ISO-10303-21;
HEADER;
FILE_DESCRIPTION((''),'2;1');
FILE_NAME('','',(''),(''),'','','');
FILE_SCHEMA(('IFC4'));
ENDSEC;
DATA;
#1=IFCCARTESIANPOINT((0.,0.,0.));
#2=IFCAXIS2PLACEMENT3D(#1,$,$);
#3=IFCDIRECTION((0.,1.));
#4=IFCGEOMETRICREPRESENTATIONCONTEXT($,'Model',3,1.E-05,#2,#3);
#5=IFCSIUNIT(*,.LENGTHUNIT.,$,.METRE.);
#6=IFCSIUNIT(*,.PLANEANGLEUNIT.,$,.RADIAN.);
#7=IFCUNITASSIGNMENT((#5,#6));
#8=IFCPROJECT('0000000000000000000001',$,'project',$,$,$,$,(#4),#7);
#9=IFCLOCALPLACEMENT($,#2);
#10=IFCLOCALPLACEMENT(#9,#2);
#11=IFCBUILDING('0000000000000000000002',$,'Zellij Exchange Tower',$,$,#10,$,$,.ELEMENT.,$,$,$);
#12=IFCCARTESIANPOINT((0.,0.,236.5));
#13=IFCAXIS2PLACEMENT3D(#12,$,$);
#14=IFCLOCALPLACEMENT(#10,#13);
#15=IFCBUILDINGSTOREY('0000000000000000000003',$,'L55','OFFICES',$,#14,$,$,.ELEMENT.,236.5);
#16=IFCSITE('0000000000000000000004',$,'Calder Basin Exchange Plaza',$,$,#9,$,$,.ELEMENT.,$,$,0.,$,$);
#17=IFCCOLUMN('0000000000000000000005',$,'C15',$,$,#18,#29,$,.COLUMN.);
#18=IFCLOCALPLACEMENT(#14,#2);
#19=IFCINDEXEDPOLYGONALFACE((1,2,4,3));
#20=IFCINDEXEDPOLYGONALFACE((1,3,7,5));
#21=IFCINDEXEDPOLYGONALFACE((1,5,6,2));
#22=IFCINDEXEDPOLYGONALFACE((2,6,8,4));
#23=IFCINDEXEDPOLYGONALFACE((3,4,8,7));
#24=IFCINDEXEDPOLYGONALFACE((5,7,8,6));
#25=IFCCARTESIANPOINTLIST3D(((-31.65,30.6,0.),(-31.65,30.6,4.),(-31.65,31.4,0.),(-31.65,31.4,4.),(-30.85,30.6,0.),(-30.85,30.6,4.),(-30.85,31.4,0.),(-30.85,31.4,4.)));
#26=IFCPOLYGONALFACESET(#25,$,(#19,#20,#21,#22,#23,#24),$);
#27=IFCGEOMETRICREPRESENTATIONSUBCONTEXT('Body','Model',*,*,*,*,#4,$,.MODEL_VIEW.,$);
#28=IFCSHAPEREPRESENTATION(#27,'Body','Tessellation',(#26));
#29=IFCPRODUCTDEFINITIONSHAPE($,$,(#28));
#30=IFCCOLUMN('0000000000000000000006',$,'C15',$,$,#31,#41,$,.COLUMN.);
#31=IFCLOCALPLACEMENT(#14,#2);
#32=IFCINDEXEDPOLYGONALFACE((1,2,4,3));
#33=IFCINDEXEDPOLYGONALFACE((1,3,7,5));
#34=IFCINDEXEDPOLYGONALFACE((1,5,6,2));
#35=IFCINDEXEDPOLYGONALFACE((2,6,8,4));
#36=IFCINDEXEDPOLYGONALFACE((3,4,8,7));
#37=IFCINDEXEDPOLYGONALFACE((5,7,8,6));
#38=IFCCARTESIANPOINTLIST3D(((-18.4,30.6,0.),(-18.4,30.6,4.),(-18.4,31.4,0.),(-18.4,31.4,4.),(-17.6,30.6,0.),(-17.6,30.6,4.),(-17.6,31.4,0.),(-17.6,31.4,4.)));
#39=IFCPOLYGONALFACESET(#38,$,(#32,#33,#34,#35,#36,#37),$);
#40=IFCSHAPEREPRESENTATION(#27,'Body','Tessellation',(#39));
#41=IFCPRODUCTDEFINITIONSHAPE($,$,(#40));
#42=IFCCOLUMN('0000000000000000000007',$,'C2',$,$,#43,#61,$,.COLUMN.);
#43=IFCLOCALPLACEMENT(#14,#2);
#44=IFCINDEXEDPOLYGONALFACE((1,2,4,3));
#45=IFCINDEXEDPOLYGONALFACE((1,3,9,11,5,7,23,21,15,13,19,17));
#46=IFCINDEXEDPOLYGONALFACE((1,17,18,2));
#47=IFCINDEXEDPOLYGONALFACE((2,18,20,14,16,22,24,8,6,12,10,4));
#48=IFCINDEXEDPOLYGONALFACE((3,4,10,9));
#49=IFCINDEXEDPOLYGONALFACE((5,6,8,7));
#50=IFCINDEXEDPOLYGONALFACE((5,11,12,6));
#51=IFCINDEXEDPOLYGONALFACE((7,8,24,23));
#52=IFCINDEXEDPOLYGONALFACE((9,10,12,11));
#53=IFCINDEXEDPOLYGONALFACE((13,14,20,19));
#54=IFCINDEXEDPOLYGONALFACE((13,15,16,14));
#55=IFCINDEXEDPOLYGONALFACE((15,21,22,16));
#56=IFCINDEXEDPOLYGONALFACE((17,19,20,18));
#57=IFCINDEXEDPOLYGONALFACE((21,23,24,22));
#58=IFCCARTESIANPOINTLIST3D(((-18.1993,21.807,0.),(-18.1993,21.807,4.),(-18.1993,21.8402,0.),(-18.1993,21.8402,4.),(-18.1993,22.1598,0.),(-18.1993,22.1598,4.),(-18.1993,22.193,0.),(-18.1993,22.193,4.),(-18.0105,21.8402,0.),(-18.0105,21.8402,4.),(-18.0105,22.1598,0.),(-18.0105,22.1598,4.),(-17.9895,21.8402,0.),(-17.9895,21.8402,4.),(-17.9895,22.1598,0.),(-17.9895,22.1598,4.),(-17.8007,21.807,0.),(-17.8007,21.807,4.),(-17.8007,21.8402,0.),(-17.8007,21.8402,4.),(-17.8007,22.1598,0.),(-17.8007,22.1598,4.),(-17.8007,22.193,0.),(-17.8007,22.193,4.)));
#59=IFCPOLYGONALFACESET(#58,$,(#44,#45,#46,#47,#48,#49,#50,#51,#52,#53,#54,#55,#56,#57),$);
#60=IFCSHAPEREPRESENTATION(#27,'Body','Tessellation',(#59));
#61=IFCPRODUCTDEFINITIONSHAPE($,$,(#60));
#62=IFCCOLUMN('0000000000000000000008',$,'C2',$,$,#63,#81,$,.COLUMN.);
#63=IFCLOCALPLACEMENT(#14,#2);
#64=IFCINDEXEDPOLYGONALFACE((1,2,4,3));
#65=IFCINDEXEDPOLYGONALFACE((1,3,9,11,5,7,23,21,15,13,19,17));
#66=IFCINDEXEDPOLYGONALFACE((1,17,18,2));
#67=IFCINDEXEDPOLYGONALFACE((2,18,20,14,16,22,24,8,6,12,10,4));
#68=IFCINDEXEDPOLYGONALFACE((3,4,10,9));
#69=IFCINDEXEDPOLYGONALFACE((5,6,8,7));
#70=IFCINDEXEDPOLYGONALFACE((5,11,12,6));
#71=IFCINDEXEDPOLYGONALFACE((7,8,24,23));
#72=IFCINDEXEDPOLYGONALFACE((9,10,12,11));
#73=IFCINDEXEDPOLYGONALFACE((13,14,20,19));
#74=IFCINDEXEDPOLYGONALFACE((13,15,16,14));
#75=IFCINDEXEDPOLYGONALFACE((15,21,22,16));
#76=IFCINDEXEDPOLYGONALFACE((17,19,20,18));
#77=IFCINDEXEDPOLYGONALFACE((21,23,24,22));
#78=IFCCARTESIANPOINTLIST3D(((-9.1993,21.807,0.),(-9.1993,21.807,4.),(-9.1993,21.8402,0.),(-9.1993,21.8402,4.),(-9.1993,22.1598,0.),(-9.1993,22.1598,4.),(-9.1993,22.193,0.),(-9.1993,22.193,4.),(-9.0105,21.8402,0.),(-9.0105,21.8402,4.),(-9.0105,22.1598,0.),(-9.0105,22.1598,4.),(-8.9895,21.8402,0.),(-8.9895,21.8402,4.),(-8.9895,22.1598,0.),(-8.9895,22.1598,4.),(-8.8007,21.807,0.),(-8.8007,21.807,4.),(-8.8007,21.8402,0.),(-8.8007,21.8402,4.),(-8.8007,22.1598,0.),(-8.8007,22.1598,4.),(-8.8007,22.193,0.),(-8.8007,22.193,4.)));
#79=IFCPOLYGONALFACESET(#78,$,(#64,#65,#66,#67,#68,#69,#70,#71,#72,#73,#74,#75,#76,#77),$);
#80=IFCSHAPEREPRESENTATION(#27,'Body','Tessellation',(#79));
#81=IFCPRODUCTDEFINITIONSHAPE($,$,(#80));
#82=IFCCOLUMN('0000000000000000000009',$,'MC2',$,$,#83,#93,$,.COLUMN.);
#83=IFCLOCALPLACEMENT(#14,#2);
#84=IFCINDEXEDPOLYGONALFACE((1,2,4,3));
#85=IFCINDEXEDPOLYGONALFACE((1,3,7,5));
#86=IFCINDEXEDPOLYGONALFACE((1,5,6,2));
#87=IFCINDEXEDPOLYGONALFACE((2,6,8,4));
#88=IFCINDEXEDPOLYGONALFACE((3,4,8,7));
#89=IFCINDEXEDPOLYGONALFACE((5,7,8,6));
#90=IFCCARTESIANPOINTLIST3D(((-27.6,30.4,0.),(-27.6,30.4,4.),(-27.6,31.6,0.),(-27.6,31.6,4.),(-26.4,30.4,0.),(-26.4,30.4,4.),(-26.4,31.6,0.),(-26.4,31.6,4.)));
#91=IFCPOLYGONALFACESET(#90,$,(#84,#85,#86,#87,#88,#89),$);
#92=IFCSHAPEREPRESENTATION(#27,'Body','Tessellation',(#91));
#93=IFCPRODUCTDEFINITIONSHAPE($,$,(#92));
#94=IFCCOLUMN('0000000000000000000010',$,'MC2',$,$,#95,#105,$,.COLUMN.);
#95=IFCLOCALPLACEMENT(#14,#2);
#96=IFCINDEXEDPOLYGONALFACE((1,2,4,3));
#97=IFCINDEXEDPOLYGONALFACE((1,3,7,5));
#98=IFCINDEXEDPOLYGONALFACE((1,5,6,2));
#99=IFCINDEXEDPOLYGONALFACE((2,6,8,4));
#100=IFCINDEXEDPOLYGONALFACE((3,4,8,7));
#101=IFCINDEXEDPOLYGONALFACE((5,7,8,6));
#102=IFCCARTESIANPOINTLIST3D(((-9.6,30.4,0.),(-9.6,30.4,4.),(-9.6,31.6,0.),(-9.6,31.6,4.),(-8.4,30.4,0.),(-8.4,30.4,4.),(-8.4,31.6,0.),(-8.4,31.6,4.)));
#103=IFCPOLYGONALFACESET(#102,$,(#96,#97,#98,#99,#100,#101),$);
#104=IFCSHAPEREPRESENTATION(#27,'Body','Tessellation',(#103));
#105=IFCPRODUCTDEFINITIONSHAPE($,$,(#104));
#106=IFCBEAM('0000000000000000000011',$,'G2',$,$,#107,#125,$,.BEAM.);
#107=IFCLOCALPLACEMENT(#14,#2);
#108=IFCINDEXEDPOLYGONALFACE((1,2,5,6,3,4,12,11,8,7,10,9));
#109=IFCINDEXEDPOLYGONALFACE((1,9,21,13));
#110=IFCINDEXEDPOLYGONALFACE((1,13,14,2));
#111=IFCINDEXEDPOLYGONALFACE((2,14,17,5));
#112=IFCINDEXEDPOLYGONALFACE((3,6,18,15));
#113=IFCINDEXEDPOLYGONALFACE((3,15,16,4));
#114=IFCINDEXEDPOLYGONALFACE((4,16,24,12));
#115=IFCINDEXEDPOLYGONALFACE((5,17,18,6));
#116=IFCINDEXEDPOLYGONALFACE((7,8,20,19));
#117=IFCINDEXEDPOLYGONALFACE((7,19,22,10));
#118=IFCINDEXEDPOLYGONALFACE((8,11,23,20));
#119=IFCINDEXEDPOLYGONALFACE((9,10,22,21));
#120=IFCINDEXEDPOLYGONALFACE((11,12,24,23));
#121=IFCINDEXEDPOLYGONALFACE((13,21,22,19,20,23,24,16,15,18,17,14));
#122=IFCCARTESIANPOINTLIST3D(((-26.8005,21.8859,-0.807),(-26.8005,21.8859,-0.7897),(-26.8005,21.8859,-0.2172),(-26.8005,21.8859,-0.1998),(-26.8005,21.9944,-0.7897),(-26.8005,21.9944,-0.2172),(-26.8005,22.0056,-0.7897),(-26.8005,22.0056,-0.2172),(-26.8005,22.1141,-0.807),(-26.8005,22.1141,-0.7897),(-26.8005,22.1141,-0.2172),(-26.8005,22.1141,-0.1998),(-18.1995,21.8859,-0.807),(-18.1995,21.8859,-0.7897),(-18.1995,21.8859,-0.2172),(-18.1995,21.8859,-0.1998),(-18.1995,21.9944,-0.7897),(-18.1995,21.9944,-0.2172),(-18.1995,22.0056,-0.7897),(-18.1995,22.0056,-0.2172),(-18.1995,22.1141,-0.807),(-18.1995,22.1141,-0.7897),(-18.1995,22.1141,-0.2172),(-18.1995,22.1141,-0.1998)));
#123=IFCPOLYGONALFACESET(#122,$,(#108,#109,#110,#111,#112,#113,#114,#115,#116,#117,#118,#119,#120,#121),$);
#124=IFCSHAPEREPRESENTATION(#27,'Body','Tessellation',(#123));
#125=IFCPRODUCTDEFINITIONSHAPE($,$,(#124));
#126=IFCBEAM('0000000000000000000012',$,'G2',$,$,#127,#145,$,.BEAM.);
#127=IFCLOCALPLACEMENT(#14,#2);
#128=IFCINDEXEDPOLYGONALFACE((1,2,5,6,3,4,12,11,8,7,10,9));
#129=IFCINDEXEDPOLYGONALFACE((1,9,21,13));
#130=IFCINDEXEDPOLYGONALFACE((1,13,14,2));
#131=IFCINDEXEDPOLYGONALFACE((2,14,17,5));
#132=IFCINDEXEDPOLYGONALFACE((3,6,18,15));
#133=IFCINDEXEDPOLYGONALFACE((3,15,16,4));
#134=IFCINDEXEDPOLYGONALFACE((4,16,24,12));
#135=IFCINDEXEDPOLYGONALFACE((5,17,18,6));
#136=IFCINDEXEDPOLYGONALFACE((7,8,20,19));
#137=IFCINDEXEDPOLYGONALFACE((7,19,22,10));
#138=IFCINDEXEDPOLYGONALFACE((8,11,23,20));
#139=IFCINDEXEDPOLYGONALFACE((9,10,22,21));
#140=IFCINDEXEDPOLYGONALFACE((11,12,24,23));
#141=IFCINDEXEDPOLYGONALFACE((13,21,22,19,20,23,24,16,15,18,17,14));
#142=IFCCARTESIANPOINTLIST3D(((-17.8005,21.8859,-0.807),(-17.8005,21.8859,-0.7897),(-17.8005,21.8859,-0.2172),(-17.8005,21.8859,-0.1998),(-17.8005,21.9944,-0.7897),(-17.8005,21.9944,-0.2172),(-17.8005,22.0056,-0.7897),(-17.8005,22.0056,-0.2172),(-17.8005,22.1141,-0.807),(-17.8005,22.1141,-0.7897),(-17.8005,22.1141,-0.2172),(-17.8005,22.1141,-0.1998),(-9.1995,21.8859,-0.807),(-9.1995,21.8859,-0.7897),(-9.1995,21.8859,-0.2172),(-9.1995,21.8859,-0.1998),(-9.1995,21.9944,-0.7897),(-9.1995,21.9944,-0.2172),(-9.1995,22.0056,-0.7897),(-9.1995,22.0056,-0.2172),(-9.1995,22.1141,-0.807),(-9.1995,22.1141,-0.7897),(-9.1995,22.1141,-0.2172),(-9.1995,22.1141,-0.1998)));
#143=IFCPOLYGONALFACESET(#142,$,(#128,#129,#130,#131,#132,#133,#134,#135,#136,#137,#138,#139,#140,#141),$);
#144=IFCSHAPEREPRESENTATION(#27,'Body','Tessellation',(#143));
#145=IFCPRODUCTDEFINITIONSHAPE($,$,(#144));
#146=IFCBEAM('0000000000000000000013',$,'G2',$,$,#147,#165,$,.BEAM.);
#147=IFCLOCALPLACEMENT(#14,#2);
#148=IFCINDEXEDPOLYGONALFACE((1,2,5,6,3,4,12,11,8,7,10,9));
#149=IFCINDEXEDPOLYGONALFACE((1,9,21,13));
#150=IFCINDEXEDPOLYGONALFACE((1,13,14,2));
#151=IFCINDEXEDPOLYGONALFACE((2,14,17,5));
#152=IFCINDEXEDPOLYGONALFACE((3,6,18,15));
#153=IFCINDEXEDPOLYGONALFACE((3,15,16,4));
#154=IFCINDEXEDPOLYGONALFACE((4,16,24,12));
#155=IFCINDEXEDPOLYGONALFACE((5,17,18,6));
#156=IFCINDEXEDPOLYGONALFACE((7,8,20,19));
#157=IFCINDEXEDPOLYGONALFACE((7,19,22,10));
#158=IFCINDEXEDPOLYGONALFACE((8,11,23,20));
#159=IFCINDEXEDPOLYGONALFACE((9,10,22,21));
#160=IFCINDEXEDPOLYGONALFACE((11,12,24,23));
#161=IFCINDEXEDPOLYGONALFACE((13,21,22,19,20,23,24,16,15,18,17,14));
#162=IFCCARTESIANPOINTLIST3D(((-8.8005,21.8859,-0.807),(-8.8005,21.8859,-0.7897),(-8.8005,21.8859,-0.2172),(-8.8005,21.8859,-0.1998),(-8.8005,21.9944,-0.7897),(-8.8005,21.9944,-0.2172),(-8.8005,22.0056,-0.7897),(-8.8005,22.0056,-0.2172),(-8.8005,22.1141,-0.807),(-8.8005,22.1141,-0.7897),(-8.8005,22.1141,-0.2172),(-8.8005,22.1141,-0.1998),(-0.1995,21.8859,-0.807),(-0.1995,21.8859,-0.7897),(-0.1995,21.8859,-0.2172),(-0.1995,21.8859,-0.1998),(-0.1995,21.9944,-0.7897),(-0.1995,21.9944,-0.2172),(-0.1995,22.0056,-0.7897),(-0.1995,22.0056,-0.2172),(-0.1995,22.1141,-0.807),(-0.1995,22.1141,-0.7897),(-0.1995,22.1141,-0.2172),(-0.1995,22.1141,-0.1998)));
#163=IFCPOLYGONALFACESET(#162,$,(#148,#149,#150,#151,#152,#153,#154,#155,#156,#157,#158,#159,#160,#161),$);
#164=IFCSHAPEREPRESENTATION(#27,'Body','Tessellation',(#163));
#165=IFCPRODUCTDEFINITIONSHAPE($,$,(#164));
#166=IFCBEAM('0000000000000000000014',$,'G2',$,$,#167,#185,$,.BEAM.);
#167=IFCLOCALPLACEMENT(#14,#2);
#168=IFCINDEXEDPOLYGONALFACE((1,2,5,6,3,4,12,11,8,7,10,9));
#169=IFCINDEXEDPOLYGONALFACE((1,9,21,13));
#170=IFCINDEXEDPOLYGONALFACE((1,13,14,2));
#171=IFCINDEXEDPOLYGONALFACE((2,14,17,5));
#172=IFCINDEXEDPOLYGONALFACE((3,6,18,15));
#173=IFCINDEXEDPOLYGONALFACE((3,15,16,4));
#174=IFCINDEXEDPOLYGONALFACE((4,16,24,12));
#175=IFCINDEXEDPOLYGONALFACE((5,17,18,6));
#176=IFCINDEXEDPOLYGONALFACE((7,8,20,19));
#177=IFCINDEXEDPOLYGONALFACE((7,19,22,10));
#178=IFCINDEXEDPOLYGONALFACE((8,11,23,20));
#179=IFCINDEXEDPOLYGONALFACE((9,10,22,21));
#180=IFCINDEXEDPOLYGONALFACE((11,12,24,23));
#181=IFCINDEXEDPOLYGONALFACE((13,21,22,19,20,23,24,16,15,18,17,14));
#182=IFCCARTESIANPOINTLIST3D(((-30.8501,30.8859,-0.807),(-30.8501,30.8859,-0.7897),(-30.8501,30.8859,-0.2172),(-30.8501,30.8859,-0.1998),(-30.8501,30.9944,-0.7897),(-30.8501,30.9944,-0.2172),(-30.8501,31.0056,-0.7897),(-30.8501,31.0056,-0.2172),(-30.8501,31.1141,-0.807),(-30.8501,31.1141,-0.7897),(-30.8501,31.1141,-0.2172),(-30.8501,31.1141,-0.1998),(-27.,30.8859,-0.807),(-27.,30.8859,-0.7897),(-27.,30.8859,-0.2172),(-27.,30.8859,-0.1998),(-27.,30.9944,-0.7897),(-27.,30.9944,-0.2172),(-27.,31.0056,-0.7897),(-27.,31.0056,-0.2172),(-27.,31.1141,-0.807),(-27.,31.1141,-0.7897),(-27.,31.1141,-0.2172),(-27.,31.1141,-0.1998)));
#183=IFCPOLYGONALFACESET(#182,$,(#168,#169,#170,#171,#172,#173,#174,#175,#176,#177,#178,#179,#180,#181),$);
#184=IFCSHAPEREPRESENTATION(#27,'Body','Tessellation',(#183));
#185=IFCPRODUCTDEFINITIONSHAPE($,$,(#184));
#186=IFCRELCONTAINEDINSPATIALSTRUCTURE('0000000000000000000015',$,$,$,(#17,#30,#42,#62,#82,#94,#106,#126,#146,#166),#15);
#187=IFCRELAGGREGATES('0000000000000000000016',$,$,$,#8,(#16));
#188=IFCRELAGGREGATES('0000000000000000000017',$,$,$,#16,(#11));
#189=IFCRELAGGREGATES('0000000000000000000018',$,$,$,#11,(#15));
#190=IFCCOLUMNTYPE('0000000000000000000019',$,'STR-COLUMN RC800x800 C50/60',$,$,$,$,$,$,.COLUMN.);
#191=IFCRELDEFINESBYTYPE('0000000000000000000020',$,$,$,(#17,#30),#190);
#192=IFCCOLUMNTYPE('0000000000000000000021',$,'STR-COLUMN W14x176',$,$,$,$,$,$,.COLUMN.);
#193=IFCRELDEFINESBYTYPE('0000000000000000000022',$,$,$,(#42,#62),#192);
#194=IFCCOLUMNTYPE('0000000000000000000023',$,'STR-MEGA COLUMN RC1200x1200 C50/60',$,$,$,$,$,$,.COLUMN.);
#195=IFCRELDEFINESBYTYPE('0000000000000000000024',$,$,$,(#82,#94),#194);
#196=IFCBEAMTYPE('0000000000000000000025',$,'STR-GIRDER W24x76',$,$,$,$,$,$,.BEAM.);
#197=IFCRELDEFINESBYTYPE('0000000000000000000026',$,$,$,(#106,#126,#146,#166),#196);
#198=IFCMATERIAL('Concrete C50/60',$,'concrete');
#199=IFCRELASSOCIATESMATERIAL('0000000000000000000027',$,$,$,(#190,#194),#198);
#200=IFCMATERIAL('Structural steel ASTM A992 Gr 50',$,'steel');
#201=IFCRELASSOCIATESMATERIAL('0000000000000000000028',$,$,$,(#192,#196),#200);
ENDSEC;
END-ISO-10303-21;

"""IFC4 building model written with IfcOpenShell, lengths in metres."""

from ifc_helpers import new_model, si_unit, direction, frame, origin, origin_2d, place, context, subcontext, project, spatial, rectangle, i_section, extrude, material, material_profile, profile_set, type_object, element, save


model = new_model("IFC4")

# Units and contexts
model_context = context("Model", 3, precision=1e-05, world=origin(), true_north=direction((0.0, 1.0)))
body_context = subcontext(model_context, "Body", "Model", "MODEL_VIEW")
ifc_project = project(units=[si_unit("LENGTHUNIT", "METRE"), si_unit("PLANEANGLEUNIT", "RADIAN")], contexts=[model_context])

# Site, building, storey
site_placement = place(None, origin())
site = spatial("IfcSite", under=ifc_project, at=site_placement, Name="Calder Basin Exchange Plaza", CompositionType="ELEMENT", RefElevation=0.0)
building_placement = place(site_placement, origin())
building = spatial("IfcBuilding", under=site, at=building_placement, Name="Zellij Exchange Tower", CompositionType="ELEMENT")
storey_placement = place(building_placement, frame((0.0, 0.0, 236.5)))
storey = spatial("IfcBuildingStorey", under=building, at=storey_placement, Name="L55", Description="OFFICES", CompositionType="ELEMENT", Elevation=236.5)

# Columns
ifc_material_1 = material(Name="Concrete C50/60", Category="concrete")
ifc_material_profile_1 = material_profile(ifc_material_1, rectangle(XDim=0.8, YDim=0.8, at=origin_2d()), Name="STR-COLUMN RC800x800 C50/60")
ifc_profile_set_1 = profile_set([ifc_material_profile_1], Name="Concrete C50/60")
column_type_1 = type_object("IfcColumnType", Name="STR-COLUMN RC800x800 C50/60", PredefinedType="COLUMN", material=ifc_profile_set_1)
for number, where, z_axis, x_axis, name in (
    (1, (-31.25, 31.0, 0.0), (0.0, 0.0, 1.0), (1.0, 0.0, 0.0), "C15"),
    (2, (-18.0, 31.0, 0.0), (0.0, 0.0, 1.0), (1.0, 0.0, 0.0), "C15"),
):
    element("IfcColumn", number, at=place(storey_placement, frame(where, z_axis=z_axis, x_axis=x_axis)), inside=storey, type_object=column_type_1, Name=name, PredefinedType="COLUMN", context=body_context, shape_type="SweptSolid", body=[
        extrude(rectangle(XDim=0.8, YDim=0.8, at=origin_2d()), origin(), (0.0, 0.0, 1.0), 4.0),
    ])
ifc_material_2 = material(Name="Structural steel ASTM A992 Gr 50", Category="steel")
ifc_material_profile_2 = material_profile(ifc_material_2, i_section(OverallWidth=0.3987, OverallDepth=0.386, WebThickness=0.021, FlangeThickness=0.0332, at=origin_2d()), Name="W14x176")
ifc_profile_set_2 = profile_set([ifc_material_profile_2], Name="Structural steel ASTM A992 Gr 50")
column_type_2 = type_object("IfcColumnType", Name="STR-COLUMN W14x176", PredefinedType="COLUMN", material=ifc_profile_set_2)
for number, where, z_axis, x_axis, name in (
    (3, (-18.0, 22.0, 0.0), (0.0, 0.0, 1.0), (1.0, 0.0, 0.0), "C2"),
    (4, (-9.0, 22.0, 0.0), (0.0, 0.0, 1.0), (1.0, 0.0, 0.0), "C2"),
):
    element("IfcColumn", number, at=place(storey_placement, frame(where, z_axis=z_axis, x_axis=x_axis)), inside=storey, type_object=column_type_2, Name=name, PredefinedType="COLUMN", context=body_context, shape_type="SweptSolid", body=[
        extrude(i_section(OverallWidth=0.3987, OverallDepth=0.386, WebThickness=0.021, FlangeThickness=0.0332, at=origin_2d()), origin(), (0.0, 0.0, 1.0), 4.0),
    ])
ifc_material_profile_3 = material_profile(ifc_material_1, rectangle(XDim=1.2, YDim=1.2, at=origin_2d()), Name="STR-MEGA COLUMN RC1200x1200 C50/60")
ifc_profile_set_3 = profile_set([ifc_material_profile_3], Name="Concrete C50/60")
column_type_3 = type_object("IfcColumnType", Name="STR-MEGA COLUMN RC1200x1200 C50/60", PredefinedType="COLUMN", material=ifc_profile_set_3)
for number, where, z_axis, x_axis, name in (
    (5, (-27.0, 31.0, 0.0), (0.0, 0.0, 1.0), (1.0, 0.0, 0.0), "MC2"),
    (6, (-9.0, 31.0, 0.0), (0.0, 0.0, 1.0), (1.0, 0.0, 0.0), "MC2"),
):
    element("IfcColumn", number, at=place(storey_placement, frame(where, z_axis=z_axis, x_axis=x_axis)), inside=storey, type_object=column_type_3, Name=name, PredefinedType="COLUMN", context=body_context, shape_type="SweptSolid", body=[
        extrude(rectangle(XDim=1.2, YDim=1.2, at=origin_2d()), origin(), (0.0, 0.0, 1.0), 4.0),
    ])

# Beams
ifc_material_profile_4 = material_profile(ifc_material_2, i_section(OverallWidth=0.2283, OverallDepth=0.6072, WebThickness=0.0112, FlangeThickness=0.0173, at=origin_2d()), Name="W24x76")
ifc_profile_set_4 = profile_set([ifc_material_profile_4], Name="Structural steel ASTM A992 Gr 50")
beam_type = type_object("IfcBeamType", Name="STR-GIRDER W24x76", PredefinedType="BEAM", material=ifc_profile_set_4)
for number, where, z_axis, x_axis, name in (
    (7, (-26.8005, 22.0, -0.5034), (1.0, 0.0, 0.0), (0.0, 1.0, 0.0), "G2"),
    (8, (-17.8005, 22.0, -0.5034), (1.0, 0.0, 0.0), (0.0, 1.0, 0.0), "G2"),
    (9, (-8.8005, 22.0, -0.5034), (1.0, 0.0, 0.0), (0.0, 1.0, 0.0), "G2"),
):
    element("IfcBeam", number, at=place(storey_placement, frame(where, z_axis=z_axis, x_axis=x_axis)), inside=storey, type_object=beam_type, Name=name, PredefinedType="BEAM", context=body_context, shape_type="SweptSolid", body=[
        extrude(i_section(OverallWidth=0.2283, OverallDepth=0.6072, WebThickness=0.0112, FlangeThickness=0.0173, at=origin_2d()), origin(), (0.0, 0.0, 1.0), 8.6011),
    ])
beam_placement = place(storey_placement, frame((-30.8501, 31.0, -0.5034), z_axis=(1.0, 0.0, 0.0), x_axis=(0.0, 1.0, 0.0)))
element("IfcBeam", 10, at=beam_placement, inside=storey, type_object=beam_type, Name="G2", PredefinedType="BEAM", context=body_context, shape_type="SweptSolid", body=[
    extrude(i_section(OverallWidth=0.2283, OverallDepth=0.6072, WebThickness=0.0112, FlangeThickness=0.0173, at=origin_2d()), origin(), (0.0, 0.0, 1.0), 3.8501),
])

save(model, "model.ifc")
